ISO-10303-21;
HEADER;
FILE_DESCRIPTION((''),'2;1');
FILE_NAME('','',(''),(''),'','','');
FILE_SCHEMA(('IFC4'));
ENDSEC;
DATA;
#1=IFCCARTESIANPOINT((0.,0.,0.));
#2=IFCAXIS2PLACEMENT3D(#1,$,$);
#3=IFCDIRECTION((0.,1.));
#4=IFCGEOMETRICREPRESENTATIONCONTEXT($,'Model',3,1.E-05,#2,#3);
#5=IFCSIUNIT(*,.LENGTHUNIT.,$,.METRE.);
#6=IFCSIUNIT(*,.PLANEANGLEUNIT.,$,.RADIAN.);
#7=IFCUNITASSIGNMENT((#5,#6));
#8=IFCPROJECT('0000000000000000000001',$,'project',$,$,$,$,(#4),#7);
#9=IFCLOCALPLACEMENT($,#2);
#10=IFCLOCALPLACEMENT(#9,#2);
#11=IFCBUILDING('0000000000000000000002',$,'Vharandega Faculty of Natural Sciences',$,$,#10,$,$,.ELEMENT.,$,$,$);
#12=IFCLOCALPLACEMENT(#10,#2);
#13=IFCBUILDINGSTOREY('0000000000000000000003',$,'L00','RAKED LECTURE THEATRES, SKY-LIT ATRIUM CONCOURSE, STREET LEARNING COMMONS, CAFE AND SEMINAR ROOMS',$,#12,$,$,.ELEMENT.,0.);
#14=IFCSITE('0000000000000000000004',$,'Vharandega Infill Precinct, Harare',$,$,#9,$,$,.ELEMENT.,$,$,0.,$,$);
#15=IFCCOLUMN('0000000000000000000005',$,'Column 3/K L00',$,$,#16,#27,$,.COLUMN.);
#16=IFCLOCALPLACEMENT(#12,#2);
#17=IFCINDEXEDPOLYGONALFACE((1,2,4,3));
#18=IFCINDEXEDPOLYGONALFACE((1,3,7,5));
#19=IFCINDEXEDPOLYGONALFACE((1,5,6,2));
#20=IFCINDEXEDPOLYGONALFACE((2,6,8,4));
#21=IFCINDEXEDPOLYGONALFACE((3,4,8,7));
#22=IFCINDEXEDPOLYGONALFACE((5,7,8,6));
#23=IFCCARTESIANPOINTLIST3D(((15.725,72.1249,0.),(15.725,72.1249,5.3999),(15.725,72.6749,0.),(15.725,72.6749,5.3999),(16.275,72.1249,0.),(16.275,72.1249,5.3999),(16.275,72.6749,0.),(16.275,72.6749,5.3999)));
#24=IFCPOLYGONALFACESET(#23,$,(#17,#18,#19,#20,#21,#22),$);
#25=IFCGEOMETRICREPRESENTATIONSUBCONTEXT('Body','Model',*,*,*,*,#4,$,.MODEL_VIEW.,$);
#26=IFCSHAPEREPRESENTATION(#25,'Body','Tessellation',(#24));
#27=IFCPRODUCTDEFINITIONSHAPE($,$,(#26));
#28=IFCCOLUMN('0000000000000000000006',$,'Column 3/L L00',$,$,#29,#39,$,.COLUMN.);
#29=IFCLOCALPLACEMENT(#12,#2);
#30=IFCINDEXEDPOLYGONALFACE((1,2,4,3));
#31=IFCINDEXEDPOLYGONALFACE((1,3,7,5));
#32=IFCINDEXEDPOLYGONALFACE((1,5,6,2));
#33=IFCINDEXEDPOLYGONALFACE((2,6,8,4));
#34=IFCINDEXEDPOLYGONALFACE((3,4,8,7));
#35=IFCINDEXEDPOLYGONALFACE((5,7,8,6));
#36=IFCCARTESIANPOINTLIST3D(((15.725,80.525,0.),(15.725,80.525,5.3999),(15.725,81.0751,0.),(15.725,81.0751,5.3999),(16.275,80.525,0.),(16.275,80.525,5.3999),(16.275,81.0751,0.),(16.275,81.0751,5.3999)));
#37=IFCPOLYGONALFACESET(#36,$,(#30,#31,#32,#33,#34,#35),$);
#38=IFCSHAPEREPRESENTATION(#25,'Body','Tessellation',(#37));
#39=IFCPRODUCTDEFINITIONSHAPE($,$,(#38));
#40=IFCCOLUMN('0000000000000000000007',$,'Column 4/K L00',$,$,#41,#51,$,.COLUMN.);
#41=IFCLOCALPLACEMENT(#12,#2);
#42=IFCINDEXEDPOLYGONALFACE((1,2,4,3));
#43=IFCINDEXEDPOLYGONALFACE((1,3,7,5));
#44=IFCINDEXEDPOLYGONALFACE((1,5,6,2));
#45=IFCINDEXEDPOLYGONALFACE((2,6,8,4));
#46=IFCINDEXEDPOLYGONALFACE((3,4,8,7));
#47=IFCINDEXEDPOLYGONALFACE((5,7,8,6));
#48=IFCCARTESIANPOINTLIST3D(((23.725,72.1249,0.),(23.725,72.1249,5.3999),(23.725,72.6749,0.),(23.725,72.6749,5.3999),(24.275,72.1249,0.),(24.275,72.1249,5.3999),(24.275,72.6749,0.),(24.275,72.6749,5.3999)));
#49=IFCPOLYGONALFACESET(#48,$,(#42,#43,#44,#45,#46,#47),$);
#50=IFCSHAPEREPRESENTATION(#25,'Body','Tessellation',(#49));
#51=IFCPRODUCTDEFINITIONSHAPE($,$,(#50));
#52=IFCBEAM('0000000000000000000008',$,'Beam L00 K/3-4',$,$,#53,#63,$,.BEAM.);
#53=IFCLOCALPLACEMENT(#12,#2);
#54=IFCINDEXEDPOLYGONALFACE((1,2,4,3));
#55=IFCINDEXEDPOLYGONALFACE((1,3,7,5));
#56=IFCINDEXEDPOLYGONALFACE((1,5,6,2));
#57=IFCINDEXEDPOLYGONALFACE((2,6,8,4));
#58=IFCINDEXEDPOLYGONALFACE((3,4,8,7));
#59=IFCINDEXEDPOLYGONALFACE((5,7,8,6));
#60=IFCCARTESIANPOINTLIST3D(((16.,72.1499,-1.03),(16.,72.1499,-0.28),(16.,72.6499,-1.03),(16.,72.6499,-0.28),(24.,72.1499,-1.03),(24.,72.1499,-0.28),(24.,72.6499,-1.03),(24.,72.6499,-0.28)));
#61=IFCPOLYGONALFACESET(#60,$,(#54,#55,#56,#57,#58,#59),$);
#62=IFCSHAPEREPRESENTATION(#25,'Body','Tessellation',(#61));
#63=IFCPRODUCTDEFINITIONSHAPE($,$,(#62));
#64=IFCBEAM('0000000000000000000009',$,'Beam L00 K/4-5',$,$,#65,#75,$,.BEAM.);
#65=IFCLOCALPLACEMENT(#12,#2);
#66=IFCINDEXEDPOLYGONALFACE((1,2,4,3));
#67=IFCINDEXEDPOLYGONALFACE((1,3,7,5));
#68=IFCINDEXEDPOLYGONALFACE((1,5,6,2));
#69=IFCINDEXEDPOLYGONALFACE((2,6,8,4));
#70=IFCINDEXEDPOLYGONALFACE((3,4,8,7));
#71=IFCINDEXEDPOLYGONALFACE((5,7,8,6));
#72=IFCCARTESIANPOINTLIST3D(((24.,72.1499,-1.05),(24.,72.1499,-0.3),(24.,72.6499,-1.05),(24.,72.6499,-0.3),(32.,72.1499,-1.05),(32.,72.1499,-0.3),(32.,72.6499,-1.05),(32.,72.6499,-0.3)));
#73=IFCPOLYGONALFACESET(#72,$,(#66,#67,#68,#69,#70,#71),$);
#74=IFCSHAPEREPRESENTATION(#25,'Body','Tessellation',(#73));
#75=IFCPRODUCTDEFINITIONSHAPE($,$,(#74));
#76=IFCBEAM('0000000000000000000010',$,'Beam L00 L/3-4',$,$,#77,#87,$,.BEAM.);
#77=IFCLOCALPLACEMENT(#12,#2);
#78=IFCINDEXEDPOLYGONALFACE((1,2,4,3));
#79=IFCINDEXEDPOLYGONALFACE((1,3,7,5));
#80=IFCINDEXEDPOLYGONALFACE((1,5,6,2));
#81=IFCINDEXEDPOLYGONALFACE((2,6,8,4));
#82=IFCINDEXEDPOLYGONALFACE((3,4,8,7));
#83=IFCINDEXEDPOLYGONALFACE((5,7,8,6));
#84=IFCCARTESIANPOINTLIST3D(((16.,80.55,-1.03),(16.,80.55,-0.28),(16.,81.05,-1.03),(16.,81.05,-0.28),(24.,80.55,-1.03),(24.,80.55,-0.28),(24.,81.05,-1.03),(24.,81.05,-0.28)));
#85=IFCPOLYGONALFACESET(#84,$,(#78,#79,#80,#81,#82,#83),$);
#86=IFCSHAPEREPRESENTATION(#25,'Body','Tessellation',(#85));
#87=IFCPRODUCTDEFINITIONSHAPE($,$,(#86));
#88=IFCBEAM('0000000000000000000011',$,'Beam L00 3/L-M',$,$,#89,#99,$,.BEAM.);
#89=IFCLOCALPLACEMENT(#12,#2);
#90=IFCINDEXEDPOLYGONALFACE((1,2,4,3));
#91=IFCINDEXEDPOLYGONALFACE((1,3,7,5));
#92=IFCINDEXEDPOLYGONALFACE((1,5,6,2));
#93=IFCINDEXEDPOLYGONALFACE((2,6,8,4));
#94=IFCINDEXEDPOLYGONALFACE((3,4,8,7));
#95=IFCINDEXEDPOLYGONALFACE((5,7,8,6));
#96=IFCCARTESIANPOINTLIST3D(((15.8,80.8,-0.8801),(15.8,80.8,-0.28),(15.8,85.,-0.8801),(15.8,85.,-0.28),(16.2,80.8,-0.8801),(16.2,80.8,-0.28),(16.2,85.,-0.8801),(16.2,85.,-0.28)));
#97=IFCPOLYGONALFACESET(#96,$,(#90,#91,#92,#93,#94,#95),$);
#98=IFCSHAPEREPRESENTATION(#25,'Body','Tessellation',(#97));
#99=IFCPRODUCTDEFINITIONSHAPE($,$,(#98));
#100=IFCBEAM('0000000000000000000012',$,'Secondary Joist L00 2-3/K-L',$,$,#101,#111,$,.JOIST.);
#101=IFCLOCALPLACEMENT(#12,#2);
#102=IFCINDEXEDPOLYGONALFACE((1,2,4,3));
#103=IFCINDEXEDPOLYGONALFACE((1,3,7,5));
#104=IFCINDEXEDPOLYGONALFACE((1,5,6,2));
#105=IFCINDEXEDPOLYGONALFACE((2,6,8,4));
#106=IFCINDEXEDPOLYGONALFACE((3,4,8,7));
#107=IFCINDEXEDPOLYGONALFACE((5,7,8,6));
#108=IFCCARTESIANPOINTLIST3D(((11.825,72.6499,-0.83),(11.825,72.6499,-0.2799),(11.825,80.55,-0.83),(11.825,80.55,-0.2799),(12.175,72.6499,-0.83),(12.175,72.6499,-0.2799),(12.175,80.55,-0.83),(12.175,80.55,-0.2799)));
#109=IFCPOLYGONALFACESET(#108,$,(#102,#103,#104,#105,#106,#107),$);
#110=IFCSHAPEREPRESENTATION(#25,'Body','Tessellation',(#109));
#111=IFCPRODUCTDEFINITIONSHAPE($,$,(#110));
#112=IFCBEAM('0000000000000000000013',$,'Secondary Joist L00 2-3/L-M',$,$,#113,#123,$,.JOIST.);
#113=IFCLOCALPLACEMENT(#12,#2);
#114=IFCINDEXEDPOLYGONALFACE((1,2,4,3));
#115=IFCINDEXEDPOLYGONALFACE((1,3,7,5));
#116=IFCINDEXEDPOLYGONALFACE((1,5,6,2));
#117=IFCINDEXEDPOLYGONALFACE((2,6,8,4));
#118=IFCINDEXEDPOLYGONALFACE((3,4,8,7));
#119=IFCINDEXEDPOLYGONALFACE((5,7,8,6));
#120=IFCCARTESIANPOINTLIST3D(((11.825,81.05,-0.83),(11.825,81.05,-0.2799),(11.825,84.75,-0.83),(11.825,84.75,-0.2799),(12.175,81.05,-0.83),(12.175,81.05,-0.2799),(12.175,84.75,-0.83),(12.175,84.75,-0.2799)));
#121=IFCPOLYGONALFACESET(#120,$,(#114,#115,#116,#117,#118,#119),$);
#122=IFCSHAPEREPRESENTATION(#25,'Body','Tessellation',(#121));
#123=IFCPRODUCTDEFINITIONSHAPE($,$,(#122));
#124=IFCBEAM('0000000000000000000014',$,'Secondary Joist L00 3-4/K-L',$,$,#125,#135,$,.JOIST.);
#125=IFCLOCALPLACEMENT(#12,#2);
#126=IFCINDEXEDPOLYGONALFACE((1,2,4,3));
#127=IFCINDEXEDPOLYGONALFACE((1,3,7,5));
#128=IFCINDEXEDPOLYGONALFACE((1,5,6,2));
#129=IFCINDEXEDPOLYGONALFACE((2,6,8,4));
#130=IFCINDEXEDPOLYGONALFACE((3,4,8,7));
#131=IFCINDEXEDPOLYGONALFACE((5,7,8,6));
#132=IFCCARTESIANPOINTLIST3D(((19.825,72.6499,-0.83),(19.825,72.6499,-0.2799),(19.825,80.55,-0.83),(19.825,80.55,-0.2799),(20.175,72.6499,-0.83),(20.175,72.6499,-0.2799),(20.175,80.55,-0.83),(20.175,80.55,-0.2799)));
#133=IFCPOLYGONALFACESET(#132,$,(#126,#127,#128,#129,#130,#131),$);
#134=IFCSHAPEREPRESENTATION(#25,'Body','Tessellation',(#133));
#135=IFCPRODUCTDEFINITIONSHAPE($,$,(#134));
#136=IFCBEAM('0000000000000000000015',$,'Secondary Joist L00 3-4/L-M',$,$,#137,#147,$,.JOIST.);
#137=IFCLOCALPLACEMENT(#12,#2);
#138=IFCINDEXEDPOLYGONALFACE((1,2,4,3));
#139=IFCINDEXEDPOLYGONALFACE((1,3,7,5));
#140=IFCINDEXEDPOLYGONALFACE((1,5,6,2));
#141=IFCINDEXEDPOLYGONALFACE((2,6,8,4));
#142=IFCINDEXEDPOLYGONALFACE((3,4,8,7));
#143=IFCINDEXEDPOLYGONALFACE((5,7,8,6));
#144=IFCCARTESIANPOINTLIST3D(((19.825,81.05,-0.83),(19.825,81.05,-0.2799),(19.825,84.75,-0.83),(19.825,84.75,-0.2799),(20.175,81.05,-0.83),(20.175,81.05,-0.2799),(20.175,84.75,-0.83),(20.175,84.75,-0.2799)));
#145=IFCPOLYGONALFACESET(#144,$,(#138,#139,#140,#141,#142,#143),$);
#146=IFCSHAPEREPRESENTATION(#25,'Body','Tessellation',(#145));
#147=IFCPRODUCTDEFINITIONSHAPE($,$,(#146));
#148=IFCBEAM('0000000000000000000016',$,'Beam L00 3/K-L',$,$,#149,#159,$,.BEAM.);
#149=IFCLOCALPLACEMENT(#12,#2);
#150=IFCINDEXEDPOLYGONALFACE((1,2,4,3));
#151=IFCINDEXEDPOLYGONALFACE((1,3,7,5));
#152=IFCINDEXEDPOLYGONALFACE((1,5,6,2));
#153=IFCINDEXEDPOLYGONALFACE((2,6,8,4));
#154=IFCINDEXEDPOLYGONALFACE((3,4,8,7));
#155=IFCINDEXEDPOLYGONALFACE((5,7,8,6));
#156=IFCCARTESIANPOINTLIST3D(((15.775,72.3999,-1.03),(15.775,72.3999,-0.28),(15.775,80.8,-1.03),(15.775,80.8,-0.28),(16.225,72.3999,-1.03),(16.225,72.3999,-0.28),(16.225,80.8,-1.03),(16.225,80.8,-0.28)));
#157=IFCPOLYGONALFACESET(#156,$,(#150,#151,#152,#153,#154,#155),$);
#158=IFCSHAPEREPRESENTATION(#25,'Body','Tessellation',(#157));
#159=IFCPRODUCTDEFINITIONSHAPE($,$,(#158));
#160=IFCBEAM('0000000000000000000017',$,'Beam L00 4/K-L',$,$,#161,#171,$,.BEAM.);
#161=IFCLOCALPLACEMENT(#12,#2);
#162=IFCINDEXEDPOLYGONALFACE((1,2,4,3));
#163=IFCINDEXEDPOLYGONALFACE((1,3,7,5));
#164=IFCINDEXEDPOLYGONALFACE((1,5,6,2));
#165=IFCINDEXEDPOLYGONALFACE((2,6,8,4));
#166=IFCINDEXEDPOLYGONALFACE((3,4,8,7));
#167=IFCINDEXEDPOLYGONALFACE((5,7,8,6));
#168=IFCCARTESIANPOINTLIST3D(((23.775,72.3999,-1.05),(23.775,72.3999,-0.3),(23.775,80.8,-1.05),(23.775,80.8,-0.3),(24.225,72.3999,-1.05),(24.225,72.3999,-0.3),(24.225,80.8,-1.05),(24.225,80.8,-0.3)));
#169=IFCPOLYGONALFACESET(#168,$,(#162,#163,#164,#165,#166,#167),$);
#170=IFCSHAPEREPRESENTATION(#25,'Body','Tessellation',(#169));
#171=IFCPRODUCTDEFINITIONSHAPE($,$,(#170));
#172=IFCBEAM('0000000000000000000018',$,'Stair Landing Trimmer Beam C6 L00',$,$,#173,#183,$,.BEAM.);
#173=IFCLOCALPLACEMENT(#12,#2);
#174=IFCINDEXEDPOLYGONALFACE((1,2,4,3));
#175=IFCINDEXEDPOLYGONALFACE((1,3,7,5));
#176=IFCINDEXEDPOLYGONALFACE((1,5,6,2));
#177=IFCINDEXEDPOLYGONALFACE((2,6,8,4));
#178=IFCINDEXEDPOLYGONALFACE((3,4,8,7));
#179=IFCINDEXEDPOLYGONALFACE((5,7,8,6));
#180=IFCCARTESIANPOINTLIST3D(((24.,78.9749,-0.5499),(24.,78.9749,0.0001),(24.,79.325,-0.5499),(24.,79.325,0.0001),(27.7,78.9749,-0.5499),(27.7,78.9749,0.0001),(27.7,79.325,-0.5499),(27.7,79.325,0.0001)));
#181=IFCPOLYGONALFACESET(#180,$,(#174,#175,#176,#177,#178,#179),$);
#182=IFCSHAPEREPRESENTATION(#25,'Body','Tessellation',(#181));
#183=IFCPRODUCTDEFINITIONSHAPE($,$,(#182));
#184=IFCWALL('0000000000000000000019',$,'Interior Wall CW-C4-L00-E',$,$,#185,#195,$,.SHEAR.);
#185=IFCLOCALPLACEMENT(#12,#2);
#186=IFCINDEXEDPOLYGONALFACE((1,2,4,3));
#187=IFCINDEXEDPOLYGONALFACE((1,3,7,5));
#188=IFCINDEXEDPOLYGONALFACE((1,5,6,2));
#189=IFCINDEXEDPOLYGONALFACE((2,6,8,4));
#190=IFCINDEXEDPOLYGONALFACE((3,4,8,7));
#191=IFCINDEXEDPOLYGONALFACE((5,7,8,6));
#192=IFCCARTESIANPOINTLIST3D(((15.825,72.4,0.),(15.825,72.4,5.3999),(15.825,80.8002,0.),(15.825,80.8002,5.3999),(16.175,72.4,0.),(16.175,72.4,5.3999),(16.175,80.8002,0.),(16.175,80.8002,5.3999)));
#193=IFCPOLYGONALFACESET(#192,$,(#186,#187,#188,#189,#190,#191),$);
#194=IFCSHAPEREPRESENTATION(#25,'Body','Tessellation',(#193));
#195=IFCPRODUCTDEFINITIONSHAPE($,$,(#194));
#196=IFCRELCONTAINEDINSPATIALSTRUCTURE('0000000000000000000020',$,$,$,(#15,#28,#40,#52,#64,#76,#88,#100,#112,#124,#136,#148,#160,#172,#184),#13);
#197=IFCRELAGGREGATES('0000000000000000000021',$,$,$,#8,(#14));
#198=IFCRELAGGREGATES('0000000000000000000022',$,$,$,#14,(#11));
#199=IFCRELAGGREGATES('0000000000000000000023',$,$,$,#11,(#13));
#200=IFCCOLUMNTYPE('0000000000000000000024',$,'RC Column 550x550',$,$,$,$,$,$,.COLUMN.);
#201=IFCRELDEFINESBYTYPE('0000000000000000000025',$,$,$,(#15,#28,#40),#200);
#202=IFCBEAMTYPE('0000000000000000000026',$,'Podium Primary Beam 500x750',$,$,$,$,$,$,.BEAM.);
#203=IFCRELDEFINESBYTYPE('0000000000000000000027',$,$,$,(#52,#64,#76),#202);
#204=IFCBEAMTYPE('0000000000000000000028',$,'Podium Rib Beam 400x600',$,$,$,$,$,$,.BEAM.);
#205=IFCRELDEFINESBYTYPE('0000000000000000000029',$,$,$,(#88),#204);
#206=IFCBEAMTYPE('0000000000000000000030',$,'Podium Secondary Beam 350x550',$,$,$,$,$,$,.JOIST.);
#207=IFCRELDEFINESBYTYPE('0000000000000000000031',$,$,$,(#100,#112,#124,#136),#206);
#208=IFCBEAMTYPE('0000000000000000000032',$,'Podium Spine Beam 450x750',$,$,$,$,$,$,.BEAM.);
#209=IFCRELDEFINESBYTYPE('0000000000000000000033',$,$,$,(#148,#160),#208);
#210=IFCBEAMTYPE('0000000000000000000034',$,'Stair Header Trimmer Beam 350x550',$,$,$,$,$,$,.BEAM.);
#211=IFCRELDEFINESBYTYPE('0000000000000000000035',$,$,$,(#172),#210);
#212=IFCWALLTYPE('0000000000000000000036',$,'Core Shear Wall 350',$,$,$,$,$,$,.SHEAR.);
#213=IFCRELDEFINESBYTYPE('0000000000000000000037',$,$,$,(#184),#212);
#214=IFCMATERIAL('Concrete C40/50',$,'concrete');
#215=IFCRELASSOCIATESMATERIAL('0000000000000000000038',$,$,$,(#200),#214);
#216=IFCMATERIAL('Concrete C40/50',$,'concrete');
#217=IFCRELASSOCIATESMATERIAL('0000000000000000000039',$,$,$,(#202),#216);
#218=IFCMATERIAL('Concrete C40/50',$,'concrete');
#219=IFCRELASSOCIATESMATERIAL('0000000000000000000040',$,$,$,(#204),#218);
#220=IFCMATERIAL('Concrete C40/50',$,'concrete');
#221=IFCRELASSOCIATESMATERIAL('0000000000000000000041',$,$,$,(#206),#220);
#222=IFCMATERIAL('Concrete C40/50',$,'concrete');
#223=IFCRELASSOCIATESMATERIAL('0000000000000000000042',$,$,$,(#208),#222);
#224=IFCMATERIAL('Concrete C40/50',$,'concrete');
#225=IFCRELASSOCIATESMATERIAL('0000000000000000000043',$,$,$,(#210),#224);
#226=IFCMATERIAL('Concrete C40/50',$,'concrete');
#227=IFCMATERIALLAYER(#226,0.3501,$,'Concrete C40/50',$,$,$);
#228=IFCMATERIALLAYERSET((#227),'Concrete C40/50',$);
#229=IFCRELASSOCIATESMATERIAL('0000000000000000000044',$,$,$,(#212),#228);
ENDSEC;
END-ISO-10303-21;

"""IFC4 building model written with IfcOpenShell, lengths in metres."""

from ifc_helpers import new_model, si_unit, direction, frame, frame_2d, origin, origin_2d, place, context, subcontext, project, spatial, rectangle, extrude, material, layer, layer_set, material_profile, profile_set, type_object, element, save


model = new_model("IFC4")

# Units and contexts
model_context = context("Model", 3, precision=1e-05, world=origin(), true_north=direction((0.0, 1.0)))
body_context = subcontext(model_context, "Body", "Model", "MODEL_VIEW")
ifc_project = project(units=[si_unit("LENGTHUNIT", "METRE"), si_unit("PLANEANGLEUNIT", "RADIAN")], contexts=[model_context])

# Site, building, storey
site_placement = place(None, origin())
site = spatial("IfcSite", under=ifc_project, at=site_placement, Name="Vharandega Infill Precinct, Harare", CompositionType="ELEMENT", RefElevation=0.0)
building_placement = place(site_placement, origin())
building = spatial("IfcBuilding", under=site, at=building_placement, Name="Vharandega Faculty of Natural Sciences", CompositionType="ELEMENT")
storey_placement = place(building_placement, origin())
storey = spatial("IfcBuildingStorey", under=building, at=storey_placement, Name="L00", Description="RAKED LECTURE THEATRES, SKY-LIT ATRIUM CONCOURSE, STREET LEARNING COMMONS, CAFE AND SEMINAR ROOMS", CompositionType="ELEMENT", Elevation=0.0)

# Columns
ifc_material_1 = material(Name="Concrete C40/50", Category="concrete")
ifc_material_profile_1 = material_profile(ifc_material_1, rectangle(XDim=0.55, YDim=0.55, at=origin_2d()), Name="RC 550x550")
ifc_profile_set_1 = profile_set([ifc_material_profile_1], Name="Concrete C40/50")
column_type = type_object("IfcColumnType", Name="RC Column 550x550", PredefinedType="COLUMN", material=ifc_profile_set_1)
for number, where, z_axis, x_axis, name in (
    (1, (16.0, 72.3999, 0.0), (0.0, 0.0, 1.0), (1.0, 0.0, 0.0), "Column 3/K L00"),
    (2, (16.0, 80.8, 0.0), (0.0, 0.0, 1.0), (1.0, 0.0, 0.0), "Column 3/L L00"),
    (3, (24.0, 72.3999, 0.0), (0.0, 0.0, 1.0), (1.0, 0.0, 0.0), "Column 4/K L00"),
):
    element("IfcColumn", number, at=place(storey_placement, frame(where, z_axis=z_axis, x_axis=x_axis)), inside=storey, type_object=column_type, Name=name, PredefinedType="COLUMN", context=body_context, shape_type="SweptSolid", body=[
        extrude(rectangle(XDim=0.55, YDim=0.55, at=origin_2d()), origin(), (0.0, 0.0, 1.0), 5.3999),
    ])

# Beams
ifc_material_2 = material(Name="Concrete C40/50", Category="concrete")
ifc_material_profile_2 = material_profile(ifc_material_2, rectangle(XDim=0.5, YDim=0.75, at=origin_2d()), Name="RC 500x750")
ifc_profile_set_2 = profile_set([ifc_material_profile_2], Name="Concrete C40/50")
beam_type_1 = type_object("IfcBeamType", Name="Podium Primary Beam 500x750", PredefinedType="BEAM", material=ifc_profile_set_2)
for number, where, z_axis, x_axis, name in (
    (4, (16.0, 72.3999, -0.655), (1.0, 0.0, 0.0), (0.0, 1.0, 0.0), "Beam L00 K/3-4"),
    (5, (24.0, 72.3999, -0.675), (1.0, 0.0, 0.0), (0.0, 1.0, 0.0), "Beam L00 K/4-5"),
    (6, (16.0, 80.8, -0.655), (1.0, 0.0, 0.0), (0.0, 1.0, 0.0), "Beam L00 L/3-4"),
):
    element("IfcBeam", number, at=place(storey_placement, frame(where, z_axis=z_axis, x_axis=x_axis)), inside=storey, type_object=beam_type_1, Name=name, PredefinedType="BEAM", context=body_context, shape_type="SweptSolid", body=[
        extrude(rectangle(XDim=0.5, YDim=0.75, at=origin_2d()), origin(), (0.0, 0.0, 1.0), 8.0),
    ])
ifc_material_3 = material(Name="Concrete C40/50", Category="concrete")
ifc_material_profile_3 = material_profile(ifc_material_3, rectangle(XDim=0.3999, YDim=0.6001, at=origin_2d()), Name="RC 400x600")
ifc_profile_set_3 = profile_set([ifc_material_profile_3], Name="Concrete C40/50")
beam_type_2 = type_object("IfcBeamType", Name="Podium Rib Beam 400x600", PredefinedType="BEAM", material=ifc_profile_set_3)
beam_1_placement = place(storey_placement, frame((16.0, 80.8, -0.5801), z_axis=(0.0, 1.0, 0.0), x_axis=(-1.0, 0.0, 0.0)))
element("IfcBeam", 7, at=beam_1_placement, inside=storey, type_object=beam_type_2, Name="Beam L00 3/L-M", PredefinedType="BEAM", context=body_context, shape_type="SweptSolid", body=[
    extrude(rectangle(XDim=0.3999, YDim=0.6001, at=origin_2d()), origin(), (0.0, 0.0, 1.0), 4.2),
])
ifc_material_4 = material(Name="Concrete C40/50", Category="concrete")
ifc_material_profile_4 = material_profile(ifc_material_4, rectangle(XDim=0.3501, YDim=0.55, at=origin_2d()), Name="RC 350x550")
ifc_profile_set_4 = profile_set([ifc_material_profile_4], Name="Concrete C40/50")
beam_type_3 = type_object("IfcBeamType", Name="Podium Secondary Beam 350x550", PredefinedType="JOIST", material=ifc_profile_set_4)
beam_2_placement = place(storey_placement, frame((12.0, 72.6499, -0.5549), z_axis=(0.0, 1.0, 0.0), x_axis=(-1.0, 0.0, 0.0)))
element("IfcBeam", 8, at=beam_2_placement, inside=storey, type_object=beam_type_3, Name="Secondary Joist L00 2-3/K-L", PredefinedType="JOIST", context=body_context, shape_type="SweptSolid", body=[
    extrude(rectangle(XDim=0.3501, YDim=0.55, at=origin_2d()), origin(), (0.0, 0.0, 1.0), 7.9001),
])
beam_3_placement = place(storey_placement, frame((12.0, 81.05, -0.5549), z_axis=(0.0, 1.0, 0.0), x_axis=(-1.0, 0.0, 0.0)))
element("IfcBeam", 9, at=beam_3_placement, inside=storey, type_object=beam_type_3, Name="Secondary Joist L00 2-3/L-M", PredefinedType="JOIST", context=body_context, shape_type="SweptSolid", body=[
    extrude(rectangle(XDim=0.3501, YDim=0.55, at=origin_2d()), origin(), (0.0, 0.0, 1.0), 3.7),
])
beam_4_placement = place(storey_placement, frame((20.0, 72.6499, -0.5549), z_axis=(0.0, 1.0, 0.0), x_axis=(-1.0, 0.0, 0.0)))
element("IfcBeam", 10, at=beam_4_placement, inside=storey, type_object=beam_type_3, Name="Secondary Joist L00 3-4/K-L", PredefinedType="JOIST", context=body_context, shape_type="SweptSolid", body=[
    extrude(rectangle(XDim=0.3501, YDim=0.55, at=origin_2d()), origin(), (0.0, 0.0, 1.0), 7.9001),
])
beam_5_placement = place(storey_placement, frame((20.0, 81.05, -0.5549), z_axis=(0.0, 1.0, 0.0), x_axis=(-1.0, 0.0, 0.0)))
element("IfcBeam", 11, at=beam_5_placement, inside=storey, type_object=beam_type_3, Name="Secondary Joist L00 3-4/L-M", PredefinedType="JOIST", context=body_context, shape_type="SweptSolid", body=[
    extrude(rectangle(XDim=0.3501, YDim=0.55, at=origin_2d()), origin(), (0.0, 0.0, 1.0), 3.7),
])
ifc_material_5 = material(Name="Concrete C40/50", Category="concrete")
ifc_material_profile_5 = material_profile(ifc_material_5, rectangle(XDim=0.45, YDim=0.75, at=origin_2d()), Name="RC 450x750")
ifc_profile_set_5 = profile_set([ifc_material_profile_5], Name="Concrete C40/50")
beam_type_4 = type_object("IfcBeamType", Name="Podium Spine Beam 450x750", PredefinedType="BEAM", material=ifc_profile_set_5)
for number, where, z_axis, x_axis, name in (
    (12, (16.0, 72.3999, -0.655), (0.0, 1.0, 0.0), (-1.0, 0.0, 0.0), "Beam L00 3/K-L"),
    (13, (24.0, 72.3999, -0.675), (0.0, 1.0, 0.0), (-1.0, 0.0, 0.0), "Beam L00 4/K-L"),
):
    element("IfcBeam", number, at=place(storey_placement, frame(where, z_axis=z_axis, x_axis=x_axis)), inside=storey, type_object=beam_type_4, Name=name, PredefinedType="BEAM", context=body_context, shape_type="SweptSolid", body=[
        extrude(rectangle(XDim=0.45, YDim=0.75, at=origin_2d()), origin(), (0.0, 0.0, 1.0), 8.4001),
    ])
ifc_material_6 = material(Name="Concrete C40/50", Category="concrete")
ifc_material_profile_6 = material_profile(ifc_material_6, rectangle(XDim=0.3501, YDim=0.55, at=origin_2d()), Name="RC 350x550")
ifc_profile_set_6 = profile_set([ifc_material_profile_6], Name="Concrete C40/50")
beam_type_5 = type_object("IfcBeamType", Name="Stair Header Trimmer Beam 350x550", PredefinedType="BEAM", material=ifc_profile_set_6)
beam_6_placement = place(storey_placement, frame((24.0, 79.1499, -0.2749), z_axis=(1.0, 0.0, 0.0), x_axis=(0.0, 1.0, 0.0)))
element("IfcBeam", 14, at=beam_6_placement, inside=storey, type_object=beam_type_5, Name="Stair Landing Trimmer Beam C6 L00", PredefinedType="BEAM", context=body_context, shape_type="SweptSolid", body=[
    extrude(rectangle(XDim=0.3501, YDim=0.55, at=origin_2d()), origin(), (0.0, 0.0, 1.0), 3.7),
])

# Wall
ifc_material_7 = material(Name="Concrete C40/50", Category="concrete")
ifc_layer_1 = layer(ifc_material_7, 0.3501, Name="Concrete C40/50")
ifc_layer_set_1 = layer_set([ifc_layer_1], Name="Concrete C40/50")
wall_type_1 = type_object("IfcWallType", Name="Core Shear Wall 350", PredefinedType="SHEAR", material=ifc_layer_set_1)
wall_1_placement = place(storey_placement, frame((16.0, 72.3999, 0.0), z_axis=(0.0, 0.0, 1.0), x_axis=(0.0, 1.0, 0.0)))
element("IfcWall", 15, at=wall_1_placement, inside=storey, type_object=wall_type_1, Name="Interior Wall CW-C4-L00-E", PredefinedType="SHEAR", context=body_context, shape_type="SweptSolid", body=[
    extrude(rectangle(XDim=8.4001, YDim=0.3501, at=frame_2d((4.2002, 0.0))), origin(), (0.0, 0.0, 1.0), 5.3999),
])

save(model, "model.ifc")
